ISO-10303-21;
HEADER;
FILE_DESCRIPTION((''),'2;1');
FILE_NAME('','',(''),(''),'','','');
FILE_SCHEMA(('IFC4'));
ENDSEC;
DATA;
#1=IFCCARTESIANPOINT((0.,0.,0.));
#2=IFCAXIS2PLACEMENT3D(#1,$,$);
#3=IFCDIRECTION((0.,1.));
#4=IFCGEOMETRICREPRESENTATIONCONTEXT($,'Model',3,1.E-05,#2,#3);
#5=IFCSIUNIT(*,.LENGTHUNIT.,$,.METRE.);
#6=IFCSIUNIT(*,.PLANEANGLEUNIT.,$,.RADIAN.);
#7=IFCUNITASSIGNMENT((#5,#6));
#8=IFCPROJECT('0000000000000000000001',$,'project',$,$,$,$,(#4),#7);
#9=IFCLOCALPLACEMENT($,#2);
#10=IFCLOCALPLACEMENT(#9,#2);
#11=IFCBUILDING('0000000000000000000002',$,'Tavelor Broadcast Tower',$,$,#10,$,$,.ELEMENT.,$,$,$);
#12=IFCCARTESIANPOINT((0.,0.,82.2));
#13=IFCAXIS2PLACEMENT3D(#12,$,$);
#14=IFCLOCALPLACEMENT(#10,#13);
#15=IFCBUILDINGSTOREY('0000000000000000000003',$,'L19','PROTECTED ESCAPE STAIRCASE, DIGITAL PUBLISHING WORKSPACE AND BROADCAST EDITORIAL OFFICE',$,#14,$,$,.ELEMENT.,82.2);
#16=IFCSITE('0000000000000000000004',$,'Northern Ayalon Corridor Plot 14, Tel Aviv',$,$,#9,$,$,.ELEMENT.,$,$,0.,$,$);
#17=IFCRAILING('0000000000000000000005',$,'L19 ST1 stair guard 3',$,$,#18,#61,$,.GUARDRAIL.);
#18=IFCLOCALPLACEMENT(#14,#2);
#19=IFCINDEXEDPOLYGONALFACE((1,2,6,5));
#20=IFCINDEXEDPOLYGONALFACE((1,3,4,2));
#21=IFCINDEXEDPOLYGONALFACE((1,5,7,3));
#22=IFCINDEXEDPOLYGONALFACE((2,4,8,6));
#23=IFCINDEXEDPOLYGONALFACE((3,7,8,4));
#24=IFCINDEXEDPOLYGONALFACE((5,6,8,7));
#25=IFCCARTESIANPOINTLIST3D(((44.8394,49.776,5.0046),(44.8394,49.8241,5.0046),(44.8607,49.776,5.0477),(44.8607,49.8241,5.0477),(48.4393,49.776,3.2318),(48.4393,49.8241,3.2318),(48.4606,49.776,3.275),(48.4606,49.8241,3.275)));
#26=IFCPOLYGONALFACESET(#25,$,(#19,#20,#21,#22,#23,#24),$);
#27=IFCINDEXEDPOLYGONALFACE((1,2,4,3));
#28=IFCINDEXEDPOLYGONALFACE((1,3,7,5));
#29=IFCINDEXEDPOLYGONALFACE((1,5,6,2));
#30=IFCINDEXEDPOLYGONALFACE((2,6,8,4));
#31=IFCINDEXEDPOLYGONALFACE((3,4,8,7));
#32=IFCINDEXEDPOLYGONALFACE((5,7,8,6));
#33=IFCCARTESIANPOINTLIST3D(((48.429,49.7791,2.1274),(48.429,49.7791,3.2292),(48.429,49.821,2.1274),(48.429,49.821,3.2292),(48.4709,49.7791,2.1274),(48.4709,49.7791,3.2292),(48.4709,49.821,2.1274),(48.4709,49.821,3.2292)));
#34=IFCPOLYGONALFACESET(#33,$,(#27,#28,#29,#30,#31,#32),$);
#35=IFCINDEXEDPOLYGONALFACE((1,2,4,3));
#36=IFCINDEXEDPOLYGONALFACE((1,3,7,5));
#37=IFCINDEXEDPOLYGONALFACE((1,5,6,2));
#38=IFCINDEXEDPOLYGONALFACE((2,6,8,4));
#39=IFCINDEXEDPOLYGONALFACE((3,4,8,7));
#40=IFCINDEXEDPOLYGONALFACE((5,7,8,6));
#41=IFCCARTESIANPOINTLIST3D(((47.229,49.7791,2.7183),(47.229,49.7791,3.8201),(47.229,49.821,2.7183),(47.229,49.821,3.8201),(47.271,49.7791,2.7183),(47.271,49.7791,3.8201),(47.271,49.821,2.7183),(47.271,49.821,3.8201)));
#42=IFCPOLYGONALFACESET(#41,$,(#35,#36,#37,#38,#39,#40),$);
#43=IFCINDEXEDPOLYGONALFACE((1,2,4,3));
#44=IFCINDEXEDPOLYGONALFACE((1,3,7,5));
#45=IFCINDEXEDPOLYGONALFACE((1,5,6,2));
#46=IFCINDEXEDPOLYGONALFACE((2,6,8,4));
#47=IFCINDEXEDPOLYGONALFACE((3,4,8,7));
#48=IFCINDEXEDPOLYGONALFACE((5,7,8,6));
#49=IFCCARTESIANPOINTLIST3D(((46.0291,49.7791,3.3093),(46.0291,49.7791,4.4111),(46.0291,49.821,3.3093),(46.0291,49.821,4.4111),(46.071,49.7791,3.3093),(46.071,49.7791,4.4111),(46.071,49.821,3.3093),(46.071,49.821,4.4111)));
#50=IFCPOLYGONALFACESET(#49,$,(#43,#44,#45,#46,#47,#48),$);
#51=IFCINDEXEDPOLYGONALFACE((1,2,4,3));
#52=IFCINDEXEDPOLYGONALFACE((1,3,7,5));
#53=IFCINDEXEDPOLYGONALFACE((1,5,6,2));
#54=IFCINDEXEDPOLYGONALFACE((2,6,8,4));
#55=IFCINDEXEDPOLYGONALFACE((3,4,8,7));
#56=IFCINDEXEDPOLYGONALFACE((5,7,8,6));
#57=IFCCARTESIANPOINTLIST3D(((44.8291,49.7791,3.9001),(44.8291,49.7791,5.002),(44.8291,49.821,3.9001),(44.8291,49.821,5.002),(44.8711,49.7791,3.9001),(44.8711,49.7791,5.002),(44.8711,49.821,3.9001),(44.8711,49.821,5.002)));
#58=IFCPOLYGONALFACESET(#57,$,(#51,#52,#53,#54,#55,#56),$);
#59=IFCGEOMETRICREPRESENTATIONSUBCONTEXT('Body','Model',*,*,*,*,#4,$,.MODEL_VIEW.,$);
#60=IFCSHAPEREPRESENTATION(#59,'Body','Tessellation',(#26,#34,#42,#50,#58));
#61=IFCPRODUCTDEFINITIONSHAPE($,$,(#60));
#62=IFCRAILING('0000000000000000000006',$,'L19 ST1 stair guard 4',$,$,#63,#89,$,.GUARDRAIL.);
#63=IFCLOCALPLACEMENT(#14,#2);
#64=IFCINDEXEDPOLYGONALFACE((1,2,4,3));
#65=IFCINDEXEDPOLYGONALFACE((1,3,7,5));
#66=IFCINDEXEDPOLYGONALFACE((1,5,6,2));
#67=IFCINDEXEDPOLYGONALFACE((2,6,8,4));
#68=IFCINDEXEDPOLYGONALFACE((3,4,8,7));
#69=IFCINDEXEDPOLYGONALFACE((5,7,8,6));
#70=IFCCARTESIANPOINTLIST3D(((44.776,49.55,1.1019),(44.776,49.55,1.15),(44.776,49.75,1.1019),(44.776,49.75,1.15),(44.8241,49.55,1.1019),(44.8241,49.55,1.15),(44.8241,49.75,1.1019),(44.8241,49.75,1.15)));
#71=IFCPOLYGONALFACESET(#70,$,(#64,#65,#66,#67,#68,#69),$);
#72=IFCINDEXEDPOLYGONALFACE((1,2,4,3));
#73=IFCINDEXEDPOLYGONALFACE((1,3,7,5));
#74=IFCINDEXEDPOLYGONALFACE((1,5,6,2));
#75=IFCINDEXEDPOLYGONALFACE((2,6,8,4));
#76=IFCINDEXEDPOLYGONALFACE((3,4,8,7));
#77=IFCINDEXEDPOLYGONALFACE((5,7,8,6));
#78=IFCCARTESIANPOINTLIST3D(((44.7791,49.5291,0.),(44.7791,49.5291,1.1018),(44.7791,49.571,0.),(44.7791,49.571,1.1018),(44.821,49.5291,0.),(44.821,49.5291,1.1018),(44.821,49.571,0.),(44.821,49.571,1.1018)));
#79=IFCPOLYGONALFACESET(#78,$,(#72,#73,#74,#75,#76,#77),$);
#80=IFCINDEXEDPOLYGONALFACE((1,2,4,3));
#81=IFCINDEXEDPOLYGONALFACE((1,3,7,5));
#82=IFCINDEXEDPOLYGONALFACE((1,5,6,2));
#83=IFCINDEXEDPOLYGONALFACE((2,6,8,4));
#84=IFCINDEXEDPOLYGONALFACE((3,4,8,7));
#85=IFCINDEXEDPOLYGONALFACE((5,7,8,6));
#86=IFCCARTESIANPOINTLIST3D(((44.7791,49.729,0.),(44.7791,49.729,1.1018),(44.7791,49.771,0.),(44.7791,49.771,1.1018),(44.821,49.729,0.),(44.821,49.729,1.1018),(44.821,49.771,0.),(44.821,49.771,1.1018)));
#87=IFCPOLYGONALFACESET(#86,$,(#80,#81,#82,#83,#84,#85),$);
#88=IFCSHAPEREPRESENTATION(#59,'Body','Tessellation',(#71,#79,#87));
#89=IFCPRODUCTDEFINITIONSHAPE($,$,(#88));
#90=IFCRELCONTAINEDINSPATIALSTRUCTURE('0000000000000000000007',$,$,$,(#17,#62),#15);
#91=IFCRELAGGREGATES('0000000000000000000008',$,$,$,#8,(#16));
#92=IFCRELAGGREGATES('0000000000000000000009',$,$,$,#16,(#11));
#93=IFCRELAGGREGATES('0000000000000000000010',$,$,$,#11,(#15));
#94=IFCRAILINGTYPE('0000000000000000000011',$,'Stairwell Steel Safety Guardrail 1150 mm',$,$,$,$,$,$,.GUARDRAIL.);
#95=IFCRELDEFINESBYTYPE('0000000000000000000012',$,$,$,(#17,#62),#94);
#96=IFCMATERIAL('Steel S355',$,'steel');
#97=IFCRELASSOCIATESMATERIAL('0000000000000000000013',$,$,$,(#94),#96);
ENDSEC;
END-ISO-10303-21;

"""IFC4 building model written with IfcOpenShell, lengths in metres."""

from ifc_helpers import new_model, si_unit, direction, frame, origin, origin_2d, place, context, subcontext, project, spatial, rectangle, extrude, material, type_object, element, save


model = new_model("IFC4")

# Units and contexts
model_context = context("Model", 3, precision=1e-05, world=origin(), true_north=direction((0.0, 1.0)))
body_context = subcontext(model_context, "Body", "Model", "MODEL_VIEW")
ifc_project = project(units=[si_unit("LENGTHUNIT", "METRE"), si_unit("PLANEANGLEUNIT", "RADIAN")], contexts=[model_context])

# Site, building, storey
site_placement = place(None, origin())
site = spatial("IfcSite", under=ifc_project, at=site_placement, Name="Northern Ayalon Corridor Plot 14, Tel Aviv", CompositionType="ELEMENT", RefElevation=0.0)
building_placement = place(site_placement, origin())
building = spatial("IfcBuilding", under=site, at=building_placement, Name="Tavelor Broadcast Tower", CompositionType="ELEMENT")
storey_placement = place(building_placement, frame((0.0, 0.0, 82.2)))
storey = spatial("IfcBuildingStorey", under=building, at=storey_placement, Name="L19", Description="PROTECTED ESCAPE STAIRCASE, DIGITAL PUBLISHING WORKSPACE AND BROADCAST EDITORIAL OFFICE", CompositionType="ELEMENT", Elevation=82.2)

# Shared definitions
ifc_material_1 = material(Name="Steel S355", Category="steel")

# Railings
railing_type_1 = type_object("IfcRailingType", Name="Stairwell Steel Safety Guardrail 1150 mm", PredefinedType="GUARDRAIL", material=ifc_material_1)
railing_1_placement = place(storey_placement, frame((48.45, 49.8, 2.1274)))
element("IfcRailing", 1, at=railing_1_placement, inside=storey, type_object=railing_type_1, Name="L19 ST1 stair guard 3", PredefinedType="GUARDRAIL", context=body_context, shape_type="SweptSolid", body=[
    extrude(rectangle(XDim=0.0481, YDim=0.0481, at=origin_2d()), frame((0.0, 0.0, 1.126), z_axis=(-0.897124, 0.0, 0.441778), x_axis=(0.0, -1.0, 0.0)), (0.0, 0.0, 1.0), 4.0127),
    extrude(rectangle(XDim=0.042, YDim=0.042, at=origin_2d()), origin(), (0.0, 0.0, 1.0), 1.1018),
    extrude(rectangle(XDim=0.042, YDim=0.042, at=origin_2d()), frame((-1.2, 0.0, 0.5908)), (0.0, 0.0, 1.0), 1.1018),
    extrude(rectangle(XDim=0.042, YDim=0.042, at=origin_2d()), frame((-2.3999, 0.0, 1.1819)), (0.0, 0.0, 1.0), 1.1018),
    extrude(rectangle(XDim=0.042, YDim=0.042, at=origin_2d()), frame((-3.5999, 0.0, 1.7727)), (0.0, 0.0, 1.0), 1.1018),
])
railing_2_placement = place(storey_placement, frame((44.8, 49.55, 0.0)))
element("IfcRailing", 2, at=railing_2_placement, inside=storey, type_object=railing_type_1, Name="L19 ST1 stair guard 4", PredefinedType="GUARDRAIL", context=body_context, shape_type="SweptSolid", body=[
    extrude(rectangle(XDim=0.0481, YDim=0.0481, at=origin_2d()), frame((0.0, 0.0, 1.126), z_axis=(0.0, 1.0, 0.0), x_axis=(-1.0, 0.0, 0.0)), (0.0, 0.0, 1.0), 0.2),
    extrude(rectangle(XDim=0.042, YDim=0.042, at=origin_2d()), origin(), (0.0, 0.0, 1.0), 1.1018),
    extrude(rectangle(XDim=0.042, YDim=0.042, at=origin_2d()), frame((0.0, 0.2, 0.0)), (0.0, 0.0, 1.0), 1.1018),
])

save(model, "model.ifc")
